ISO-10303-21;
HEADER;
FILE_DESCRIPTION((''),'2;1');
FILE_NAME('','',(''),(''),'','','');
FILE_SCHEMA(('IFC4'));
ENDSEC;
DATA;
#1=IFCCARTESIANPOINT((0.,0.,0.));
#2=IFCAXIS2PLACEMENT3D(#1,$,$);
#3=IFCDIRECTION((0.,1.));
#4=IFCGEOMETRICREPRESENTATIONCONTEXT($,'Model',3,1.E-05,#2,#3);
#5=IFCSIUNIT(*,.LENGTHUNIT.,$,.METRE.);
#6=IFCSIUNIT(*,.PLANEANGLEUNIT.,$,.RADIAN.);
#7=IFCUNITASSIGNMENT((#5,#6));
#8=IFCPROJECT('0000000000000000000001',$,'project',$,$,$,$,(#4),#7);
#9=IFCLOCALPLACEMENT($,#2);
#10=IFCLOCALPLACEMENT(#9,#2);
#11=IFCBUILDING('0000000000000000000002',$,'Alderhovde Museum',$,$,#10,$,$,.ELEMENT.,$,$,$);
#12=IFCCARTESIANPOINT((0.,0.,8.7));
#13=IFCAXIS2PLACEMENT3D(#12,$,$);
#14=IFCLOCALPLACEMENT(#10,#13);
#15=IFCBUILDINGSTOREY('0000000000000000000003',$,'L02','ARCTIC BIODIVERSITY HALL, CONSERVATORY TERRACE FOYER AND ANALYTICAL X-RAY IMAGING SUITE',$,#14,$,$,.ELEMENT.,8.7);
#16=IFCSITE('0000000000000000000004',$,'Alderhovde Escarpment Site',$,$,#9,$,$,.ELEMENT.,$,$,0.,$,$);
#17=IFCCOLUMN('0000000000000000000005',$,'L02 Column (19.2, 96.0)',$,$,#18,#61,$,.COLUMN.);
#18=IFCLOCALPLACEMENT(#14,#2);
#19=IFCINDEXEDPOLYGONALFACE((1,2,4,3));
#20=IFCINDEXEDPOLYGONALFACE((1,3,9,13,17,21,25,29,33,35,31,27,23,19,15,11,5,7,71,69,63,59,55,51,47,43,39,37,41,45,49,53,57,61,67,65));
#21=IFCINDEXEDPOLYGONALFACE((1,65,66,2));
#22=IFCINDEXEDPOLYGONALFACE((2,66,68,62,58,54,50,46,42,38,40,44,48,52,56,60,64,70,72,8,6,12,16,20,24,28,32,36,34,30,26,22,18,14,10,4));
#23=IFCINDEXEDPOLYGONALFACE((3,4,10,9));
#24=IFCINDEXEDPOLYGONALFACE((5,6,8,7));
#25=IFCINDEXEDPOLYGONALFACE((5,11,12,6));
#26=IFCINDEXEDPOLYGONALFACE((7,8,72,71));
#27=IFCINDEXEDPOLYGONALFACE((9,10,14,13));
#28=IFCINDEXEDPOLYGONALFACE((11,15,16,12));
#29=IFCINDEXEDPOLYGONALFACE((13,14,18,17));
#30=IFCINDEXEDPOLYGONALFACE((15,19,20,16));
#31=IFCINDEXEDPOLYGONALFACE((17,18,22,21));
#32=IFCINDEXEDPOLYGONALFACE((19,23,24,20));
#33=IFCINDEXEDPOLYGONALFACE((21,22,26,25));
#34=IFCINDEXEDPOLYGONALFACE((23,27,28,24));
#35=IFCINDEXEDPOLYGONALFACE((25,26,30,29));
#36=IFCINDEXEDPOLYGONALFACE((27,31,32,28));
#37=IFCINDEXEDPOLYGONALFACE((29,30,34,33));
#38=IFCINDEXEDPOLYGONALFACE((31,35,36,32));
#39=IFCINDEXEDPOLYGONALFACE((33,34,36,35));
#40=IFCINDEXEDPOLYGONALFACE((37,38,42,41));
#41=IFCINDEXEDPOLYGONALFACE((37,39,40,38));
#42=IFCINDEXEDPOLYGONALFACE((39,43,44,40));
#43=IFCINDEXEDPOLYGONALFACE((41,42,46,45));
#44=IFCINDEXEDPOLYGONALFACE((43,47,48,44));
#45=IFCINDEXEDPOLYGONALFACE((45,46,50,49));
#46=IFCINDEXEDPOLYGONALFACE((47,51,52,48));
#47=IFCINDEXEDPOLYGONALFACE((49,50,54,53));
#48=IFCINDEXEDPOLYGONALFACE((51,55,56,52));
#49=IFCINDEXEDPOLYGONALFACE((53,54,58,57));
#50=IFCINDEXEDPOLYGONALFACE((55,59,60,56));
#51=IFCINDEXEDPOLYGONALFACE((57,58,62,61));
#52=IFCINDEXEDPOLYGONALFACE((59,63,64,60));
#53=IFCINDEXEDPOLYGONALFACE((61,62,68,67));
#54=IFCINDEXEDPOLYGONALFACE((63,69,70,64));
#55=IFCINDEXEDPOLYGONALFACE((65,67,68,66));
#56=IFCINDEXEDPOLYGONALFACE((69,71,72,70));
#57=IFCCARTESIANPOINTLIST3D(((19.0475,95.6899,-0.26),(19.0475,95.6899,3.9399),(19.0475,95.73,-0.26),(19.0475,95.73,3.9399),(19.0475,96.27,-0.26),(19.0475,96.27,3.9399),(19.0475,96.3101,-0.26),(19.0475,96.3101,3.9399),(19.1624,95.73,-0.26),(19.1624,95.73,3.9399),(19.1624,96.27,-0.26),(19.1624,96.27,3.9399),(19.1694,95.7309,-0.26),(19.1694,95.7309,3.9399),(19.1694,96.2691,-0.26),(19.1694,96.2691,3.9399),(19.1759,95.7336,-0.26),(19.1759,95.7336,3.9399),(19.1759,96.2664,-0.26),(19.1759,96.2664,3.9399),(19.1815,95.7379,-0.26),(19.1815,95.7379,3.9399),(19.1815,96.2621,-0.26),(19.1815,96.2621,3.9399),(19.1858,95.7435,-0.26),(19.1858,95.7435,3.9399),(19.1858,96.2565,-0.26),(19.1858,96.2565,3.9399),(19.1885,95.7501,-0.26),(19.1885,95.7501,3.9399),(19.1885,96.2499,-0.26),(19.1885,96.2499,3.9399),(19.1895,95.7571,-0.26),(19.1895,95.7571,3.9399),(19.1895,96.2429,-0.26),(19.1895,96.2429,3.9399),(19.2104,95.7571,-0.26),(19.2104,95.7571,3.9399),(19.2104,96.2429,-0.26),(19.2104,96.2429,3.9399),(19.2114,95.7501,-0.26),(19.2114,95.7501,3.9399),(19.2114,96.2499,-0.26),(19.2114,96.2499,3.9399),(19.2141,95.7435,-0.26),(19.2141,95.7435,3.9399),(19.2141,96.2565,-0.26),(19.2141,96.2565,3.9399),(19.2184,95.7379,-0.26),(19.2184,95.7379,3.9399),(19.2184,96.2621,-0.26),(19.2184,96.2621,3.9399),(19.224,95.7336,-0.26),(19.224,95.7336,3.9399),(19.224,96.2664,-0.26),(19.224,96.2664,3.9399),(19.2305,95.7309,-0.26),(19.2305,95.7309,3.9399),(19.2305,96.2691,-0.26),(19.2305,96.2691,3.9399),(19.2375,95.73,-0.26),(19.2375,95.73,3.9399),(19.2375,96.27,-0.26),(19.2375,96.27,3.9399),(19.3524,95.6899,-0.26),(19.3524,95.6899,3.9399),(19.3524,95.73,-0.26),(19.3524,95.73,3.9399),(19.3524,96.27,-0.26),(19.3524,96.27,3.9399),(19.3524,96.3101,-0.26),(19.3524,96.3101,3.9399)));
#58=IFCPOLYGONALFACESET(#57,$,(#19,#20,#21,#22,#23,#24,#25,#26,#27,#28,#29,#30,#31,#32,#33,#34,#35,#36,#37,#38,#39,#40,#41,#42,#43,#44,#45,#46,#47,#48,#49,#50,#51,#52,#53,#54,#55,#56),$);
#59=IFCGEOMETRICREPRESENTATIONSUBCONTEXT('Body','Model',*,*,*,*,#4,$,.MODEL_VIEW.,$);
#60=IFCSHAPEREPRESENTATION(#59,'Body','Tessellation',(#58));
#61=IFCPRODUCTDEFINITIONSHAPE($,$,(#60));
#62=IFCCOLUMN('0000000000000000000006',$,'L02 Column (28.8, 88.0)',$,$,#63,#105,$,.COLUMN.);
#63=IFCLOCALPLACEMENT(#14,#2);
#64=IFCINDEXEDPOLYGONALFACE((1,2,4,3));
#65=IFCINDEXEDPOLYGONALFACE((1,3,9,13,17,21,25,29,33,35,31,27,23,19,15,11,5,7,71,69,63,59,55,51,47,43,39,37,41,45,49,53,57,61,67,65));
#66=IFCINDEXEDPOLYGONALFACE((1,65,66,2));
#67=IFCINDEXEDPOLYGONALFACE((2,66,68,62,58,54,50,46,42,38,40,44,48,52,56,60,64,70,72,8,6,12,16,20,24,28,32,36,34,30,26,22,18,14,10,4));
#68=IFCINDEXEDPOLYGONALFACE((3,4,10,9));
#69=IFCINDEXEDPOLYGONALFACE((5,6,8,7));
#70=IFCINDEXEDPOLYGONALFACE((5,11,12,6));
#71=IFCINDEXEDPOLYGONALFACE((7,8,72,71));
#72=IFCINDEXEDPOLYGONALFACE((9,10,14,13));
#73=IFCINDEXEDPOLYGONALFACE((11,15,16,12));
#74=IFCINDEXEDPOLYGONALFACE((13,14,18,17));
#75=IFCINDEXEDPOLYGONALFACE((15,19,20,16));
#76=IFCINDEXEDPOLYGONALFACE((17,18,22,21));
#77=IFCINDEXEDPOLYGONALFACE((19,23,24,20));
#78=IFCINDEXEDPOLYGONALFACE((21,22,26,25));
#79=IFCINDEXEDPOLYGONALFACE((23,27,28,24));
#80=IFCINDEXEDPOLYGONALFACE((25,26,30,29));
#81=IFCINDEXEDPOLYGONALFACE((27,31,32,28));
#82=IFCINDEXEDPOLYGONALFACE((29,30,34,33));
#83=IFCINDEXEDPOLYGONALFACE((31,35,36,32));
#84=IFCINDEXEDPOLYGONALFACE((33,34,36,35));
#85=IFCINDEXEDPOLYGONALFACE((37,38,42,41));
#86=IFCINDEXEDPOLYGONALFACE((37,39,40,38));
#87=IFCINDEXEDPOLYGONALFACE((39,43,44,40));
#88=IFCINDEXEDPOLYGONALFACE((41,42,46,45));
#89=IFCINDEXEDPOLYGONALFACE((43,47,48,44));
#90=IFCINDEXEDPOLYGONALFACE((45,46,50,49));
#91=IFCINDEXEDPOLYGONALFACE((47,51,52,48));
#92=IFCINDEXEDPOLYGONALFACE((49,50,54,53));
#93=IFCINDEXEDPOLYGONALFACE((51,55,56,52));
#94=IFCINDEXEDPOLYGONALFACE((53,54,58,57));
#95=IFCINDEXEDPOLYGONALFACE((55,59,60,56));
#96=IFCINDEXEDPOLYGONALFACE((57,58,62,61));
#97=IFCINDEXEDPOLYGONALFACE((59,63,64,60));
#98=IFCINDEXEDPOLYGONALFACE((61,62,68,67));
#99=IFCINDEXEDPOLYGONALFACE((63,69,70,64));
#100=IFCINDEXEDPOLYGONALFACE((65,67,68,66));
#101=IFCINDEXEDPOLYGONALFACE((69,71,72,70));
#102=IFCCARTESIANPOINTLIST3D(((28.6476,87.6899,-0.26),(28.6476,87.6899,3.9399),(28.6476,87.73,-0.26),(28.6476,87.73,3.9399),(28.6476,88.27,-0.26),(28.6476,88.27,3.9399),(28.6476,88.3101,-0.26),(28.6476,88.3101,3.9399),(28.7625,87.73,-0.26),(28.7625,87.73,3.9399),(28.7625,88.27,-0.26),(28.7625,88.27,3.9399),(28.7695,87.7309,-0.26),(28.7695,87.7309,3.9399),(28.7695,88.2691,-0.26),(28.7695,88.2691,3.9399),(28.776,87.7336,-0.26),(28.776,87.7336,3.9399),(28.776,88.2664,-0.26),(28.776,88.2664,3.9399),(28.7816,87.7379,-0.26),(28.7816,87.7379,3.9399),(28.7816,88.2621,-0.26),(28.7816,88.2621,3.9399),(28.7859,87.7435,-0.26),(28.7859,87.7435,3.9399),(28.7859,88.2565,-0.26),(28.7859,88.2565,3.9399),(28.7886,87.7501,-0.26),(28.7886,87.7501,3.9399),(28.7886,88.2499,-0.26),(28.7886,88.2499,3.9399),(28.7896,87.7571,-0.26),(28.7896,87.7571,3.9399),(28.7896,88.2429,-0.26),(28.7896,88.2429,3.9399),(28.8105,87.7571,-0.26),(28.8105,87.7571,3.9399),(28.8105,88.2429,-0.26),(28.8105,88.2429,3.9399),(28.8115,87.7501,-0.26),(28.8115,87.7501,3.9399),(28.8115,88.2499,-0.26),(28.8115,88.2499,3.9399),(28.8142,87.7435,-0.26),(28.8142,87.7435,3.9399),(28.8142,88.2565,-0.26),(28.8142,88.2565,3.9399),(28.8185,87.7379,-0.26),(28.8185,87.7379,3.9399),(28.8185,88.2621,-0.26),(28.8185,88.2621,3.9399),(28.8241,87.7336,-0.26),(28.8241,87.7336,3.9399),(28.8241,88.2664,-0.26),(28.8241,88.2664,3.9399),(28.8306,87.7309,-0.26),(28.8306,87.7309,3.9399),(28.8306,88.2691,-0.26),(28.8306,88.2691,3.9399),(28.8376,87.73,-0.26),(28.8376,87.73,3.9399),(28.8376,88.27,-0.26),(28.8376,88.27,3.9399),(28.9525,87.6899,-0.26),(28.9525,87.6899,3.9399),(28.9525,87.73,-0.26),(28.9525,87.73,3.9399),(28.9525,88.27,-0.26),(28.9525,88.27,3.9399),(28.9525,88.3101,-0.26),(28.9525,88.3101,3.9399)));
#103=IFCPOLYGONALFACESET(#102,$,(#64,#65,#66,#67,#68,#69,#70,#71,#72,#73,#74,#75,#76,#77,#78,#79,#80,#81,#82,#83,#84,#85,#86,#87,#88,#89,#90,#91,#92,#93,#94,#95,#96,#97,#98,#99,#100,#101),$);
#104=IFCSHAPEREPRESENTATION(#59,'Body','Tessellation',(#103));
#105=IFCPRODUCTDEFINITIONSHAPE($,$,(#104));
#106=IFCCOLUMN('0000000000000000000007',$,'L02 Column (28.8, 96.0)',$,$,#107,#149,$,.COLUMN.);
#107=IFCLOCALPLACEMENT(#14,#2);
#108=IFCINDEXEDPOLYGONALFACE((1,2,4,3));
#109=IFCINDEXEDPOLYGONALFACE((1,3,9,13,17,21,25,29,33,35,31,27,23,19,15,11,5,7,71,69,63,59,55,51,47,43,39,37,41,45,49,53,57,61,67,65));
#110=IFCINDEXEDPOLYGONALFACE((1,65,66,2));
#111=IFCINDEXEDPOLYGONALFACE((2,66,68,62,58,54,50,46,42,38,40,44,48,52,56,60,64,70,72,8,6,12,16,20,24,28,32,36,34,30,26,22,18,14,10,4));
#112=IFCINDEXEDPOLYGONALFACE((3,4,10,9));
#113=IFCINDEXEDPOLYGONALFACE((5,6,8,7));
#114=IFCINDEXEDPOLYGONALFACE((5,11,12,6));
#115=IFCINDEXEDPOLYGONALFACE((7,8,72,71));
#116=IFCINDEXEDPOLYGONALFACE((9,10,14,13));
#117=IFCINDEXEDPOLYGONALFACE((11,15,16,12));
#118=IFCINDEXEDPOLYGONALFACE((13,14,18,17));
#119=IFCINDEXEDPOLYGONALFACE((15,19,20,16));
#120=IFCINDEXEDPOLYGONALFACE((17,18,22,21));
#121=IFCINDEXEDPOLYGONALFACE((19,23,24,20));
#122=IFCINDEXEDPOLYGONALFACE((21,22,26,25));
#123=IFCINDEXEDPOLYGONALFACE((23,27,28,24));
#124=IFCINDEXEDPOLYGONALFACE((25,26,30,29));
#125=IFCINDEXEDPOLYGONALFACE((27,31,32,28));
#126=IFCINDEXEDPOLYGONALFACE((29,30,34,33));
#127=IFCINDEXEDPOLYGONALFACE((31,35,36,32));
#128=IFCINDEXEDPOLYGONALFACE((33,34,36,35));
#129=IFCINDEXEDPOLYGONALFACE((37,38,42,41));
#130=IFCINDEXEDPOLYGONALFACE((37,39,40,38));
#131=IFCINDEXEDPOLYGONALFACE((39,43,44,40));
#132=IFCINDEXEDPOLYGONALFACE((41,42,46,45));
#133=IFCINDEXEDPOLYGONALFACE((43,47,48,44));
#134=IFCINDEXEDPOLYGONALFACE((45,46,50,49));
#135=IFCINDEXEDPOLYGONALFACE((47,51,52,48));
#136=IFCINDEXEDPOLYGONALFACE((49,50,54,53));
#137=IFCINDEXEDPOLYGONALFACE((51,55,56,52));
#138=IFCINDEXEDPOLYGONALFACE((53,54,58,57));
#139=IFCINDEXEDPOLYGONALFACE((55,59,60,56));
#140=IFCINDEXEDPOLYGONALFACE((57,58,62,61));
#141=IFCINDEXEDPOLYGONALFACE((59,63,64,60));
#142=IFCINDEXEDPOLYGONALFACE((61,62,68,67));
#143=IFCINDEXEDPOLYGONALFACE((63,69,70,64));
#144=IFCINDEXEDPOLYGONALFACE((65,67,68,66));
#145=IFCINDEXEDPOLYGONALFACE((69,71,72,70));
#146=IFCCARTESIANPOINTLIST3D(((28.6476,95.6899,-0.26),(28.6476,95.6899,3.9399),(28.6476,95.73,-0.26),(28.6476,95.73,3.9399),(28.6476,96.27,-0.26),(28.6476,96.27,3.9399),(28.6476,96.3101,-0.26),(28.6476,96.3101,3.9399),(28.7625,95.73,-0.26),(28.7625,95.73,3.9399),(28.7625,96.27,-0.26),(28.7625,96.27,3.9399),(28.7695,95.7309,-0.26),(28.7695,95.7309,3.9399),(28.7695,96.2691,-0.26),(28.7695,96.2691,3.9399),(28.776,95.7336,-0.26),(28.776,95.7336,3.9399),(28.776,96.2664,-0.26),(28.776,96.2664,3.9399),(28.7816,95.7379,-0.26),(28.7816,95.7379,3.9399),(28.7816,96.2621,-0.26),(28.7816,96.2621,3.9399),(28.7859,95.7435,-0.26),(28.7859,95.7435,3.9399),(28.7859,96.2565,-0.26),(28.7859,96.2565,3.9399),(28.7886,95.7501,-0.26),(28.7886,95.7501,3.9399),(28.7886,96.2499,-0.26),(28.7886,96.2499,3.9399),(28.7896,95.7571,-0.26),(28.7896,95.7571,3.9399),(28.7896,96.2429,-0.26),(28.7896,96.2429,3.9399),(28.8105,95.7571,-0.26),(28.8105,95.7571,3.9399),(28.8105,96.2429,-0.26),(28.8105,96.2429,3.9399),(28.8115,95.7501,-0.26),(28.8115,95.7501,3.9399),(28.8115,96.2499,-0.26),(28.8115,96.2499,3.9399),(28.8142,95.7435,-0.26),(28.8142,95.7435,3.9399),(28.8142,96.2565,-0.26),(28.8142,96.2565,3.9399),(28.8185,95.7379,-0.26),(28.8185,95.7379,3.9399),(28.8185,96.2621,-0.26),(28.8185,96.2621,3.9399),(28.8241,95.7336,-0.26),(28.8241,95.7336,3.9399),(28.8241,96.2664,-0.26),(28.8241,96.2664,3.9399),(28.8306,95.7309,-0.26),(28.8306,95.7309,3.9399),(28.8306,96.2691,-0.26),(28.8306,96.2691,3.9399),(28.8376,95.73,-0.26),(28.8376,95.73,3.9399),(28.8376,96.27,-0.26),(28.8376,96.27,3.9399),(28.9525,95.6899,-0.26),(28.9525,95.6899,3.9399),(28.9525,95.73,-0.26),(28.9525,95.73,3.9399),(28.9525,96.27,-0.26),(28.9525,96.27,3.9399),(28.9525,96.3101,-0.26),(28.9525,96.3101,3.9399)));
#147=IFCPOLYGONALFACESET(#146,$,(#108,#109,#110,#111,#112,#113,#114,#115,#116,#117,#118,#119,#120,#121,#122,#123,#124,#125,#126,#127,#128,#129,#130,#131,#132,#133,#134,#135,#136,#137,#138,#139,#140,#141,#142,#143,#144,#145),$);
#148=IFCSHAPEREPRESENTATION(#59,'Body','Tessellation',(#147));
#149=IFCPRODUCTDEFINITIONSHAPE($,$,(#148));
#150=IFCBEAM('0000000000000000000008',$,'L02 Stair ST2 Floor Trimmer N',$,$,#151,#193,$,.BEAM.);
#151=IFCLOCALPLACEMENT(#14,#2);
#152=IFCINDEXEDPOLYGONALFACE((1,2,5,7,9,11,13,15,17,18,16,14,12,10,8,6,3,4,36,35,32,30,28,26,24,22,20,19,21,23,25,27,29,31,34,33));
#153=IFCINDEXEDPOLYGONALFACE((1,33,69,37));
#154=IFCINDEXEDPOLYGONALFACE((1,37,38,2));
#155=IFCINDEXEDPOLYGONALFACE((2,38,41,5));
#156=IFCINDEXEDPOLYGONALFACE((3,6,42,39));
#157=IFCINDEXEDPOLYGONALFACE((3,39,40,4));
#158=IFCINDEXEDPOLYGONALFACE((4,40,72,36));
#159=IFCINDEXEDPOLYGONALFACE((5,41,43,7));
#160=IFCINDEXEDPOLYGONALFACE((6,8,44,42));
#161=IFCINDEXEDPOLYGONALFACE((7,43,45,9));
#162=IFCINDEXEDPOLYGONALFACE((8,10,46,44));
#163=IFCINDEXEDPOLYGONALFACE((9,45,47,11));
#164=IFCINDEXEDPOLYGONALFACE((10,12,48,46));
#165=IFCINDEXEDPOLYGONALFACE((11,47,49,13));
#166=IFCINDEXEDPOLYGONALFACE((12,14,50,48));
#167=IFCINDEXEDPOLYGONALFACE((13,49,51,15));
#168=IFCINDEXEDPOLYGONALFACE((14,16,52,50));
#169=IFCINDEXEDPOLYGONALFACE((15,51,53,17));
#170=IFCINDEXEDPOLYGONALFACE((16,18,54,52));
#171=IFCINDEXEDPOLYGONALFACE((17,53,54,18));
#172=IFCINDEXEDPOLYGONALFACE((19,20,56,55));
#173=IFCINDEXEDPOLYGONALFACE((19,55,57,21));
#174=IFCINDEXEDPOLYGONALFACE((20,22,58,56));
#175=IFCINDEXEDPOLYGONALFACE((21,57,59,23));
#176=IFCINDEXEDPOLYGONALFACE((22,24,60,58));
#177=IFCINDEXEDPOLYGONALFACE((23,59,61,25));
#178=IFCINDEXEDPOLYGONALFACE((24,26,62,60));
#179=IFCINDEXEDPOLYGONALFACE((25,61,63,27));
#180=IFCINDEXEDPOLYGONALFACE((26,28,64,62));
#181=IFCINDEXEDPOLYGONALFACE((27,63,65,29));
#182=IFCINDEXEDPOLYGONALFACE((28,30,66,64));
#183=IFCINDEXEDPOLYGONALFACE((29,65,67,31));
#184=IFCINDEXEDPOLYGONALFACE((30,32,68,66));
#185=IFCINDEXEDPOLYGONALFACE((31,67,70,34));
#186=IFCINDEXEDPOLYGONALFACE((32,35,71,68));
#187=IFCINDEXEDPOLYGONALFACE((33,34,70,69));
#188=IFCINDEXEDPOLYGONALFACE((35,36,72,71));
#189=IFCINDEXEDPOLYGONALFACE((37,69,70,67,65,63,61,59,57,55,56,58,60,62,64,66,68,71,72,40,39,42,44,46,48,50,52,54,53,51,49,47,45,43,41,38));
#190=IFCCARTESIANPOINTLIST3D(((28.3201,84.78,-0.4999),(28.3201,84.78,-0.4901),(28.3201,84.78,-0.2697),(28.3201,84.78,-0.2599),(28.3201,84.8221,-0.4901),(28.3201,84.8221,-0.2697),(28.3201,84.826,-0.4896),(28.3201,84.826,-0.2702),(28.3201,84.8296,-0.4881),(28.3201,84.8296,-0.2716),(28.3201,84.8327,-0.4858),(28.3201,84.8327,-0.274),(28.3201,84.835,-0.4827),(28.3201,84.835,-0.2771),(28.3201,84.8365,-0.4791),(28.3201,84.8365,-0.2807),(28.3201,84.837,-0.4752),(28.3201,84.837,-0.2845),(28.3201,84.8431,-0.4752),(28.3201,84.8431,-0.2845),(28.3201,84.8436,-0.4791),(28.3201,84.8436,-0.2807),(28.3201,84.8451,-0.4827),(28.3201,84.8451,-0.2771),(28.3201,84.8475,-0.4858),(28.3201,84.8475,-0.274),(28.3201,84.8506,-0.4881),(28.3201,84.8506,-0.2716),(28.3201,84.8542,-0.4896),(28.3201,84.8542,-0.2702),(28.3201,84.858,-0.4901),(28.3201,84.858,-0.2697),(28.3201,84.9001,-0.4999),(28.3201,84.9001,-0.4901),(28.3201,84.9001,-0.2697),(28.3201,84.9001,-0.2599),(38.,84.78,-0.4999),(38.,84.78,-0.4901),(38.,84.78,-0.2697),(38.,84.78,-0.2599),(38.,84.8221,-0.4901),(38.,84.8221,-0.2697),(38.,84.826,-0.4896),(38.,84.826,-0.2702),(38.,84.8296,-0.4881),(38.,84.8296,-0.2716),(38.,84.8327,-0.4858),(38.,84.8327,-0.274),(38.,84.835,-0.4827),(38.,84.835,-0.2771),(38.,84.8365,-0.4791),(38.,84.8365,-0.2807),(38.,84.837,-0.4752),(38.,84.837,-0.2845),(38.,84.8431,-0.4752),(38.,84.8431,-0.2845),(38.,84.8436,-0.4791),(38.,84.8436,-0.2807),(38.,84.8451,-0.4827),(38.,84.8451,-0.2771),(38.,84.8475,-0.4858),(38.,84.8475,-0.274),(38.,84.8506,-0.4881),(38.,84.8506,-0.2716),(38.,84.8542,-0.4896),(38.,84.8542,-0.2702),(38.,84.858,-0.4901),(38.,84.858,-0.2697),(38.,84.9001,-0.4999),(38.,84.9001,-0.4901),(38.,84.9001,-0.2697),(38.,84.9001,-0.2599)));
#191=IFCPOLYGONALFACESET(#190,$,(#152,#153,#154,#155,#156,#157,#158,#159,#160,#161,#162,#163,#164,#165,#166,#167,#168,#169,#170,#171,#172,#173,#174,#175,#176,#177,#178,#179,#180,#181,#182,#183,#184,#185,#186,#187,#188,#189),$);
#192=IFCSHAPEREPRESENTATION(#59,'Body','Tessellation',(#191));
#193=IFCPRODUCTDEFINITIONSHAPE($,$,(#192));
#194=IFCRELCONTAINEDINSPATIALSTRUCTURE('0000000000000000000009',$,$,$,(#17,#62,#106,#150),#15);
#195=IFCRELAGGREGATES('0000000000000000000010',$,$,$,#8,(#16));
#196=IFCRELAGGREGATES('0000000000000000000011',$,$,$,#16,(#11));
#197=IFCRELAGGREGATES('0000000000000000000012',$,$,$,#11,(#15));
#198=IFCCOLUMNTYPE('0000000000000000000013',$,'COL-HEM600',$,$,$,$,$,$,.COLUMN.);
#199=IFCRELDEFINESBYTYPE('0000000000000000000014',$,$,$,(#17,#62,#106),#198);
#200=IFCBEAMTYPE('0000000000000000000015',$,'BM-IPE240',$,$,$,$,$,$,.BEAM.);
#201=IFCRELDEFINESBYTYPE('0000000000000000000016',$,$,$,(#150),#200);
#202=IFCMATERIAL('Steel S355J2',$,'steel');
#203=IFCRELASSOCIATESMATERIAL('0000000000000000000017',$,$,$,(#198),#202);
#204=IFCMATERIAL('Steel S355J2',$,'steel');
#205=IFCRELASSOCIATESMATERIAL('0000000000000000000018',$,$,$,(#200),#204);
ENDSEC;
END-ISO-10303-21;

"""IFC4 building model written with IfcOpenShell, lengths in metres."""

from ifc_helpers import new_model, si_unit, direction, frame, origin, origin_2d, place, context, subcontext, project, spatial, i_section, extrude, material, material_profile, profile_set, type_object, element, save


model = new_model("IFC4")

# Units and contexts
model_context = context("Model", 3, precision=1e-05, world=origin(), true_north=direction((0.0, 1.0)))
body_context = subcontext(model_context, "Body", "Model", "MODEL_VIEW")
ifc_project = project(units=[si_unit("LENGTHUNIT", "METRE"), si_unit("PLANEANGLEUNIT", "RADIAN")], contexts=[model_context])

# Site, building, storey
site_placement = place(None, origin())
site = spatial("IfcSite", under=ifc_project, at=site_placement, Name="Alderhovde Escarpment Site", CompositionType="ELEMENT", RefElevation=0.0)
building_placement = place(site_placement, origin())
building = spatial("IfcBuilding", under=site, at=building_placement, Name="Alderhovde Museum", CompositionType="ELEMENT")
storey_placement = place(building_placement, frame((0.0, 0.0, 8.7)))
storey = spatial("IfcBuildingStorey", under=building, at=storey_placement, Name="L02", Description="ARCTIC BIODIVERSITY HALL, CONSERVATORY TERRACE FOYER AND ANALYTICAL X-RAY IMAGING SUITE", CompositionType="ELEMENT", Elevation=8.7)

# Columns
ifc_material_1 = material(Name="Steel S355J2", Category="steel")
ifc_material_profile_1 = material_profile(ifc_material_1, i_section(OverallWidth=0.3049, OverallDepth=0.6201, WebThickness=0.021, FlangeThickness=0.04, FilletRadius=0.0271, at=origin_2d()), Name="HEM 600")
ifc_profile_set_1 = profile_set([ifc_material_profile_1], Name="Steel S355J2")
column_type_1 = type_object("IfcColumnType", Name="COL-HEM600", PredefinedType="COLUMN", material=ifc_profile_set_1)
for number, where, z_axis, x_axis, name in (
    (1, (19.2, 96.0, -0.26), (0.0, 0.0, 1.0), (1.0, 0.0, 0.0), "L02 Column (19.2, 96.0)"),
    (2, (28.8, 88.0, -0.26), (0.0, 0.0, 1.0), (1.0, 0.0, 0.0), "L02 Column (28.8, 88.0)"),
    (3, (28.8, 96.0, -0.26), (0.0, 0.0, 1.0), (1.0, 0.0, 0.0), "L02 Column (28.8, 96.0)"),
):
    element("IfcColumn", number, at=place(storey_placement, frame(where, z_axis=z_axis, x_axis=x_axis)), inside=storey, type_object=column_type_1, Name=name, PredefinedType="COLUMN", context=body_context, shape_type="SweptSolid", body=[
        extrude(i_section(OverallWidth=0.3049, OverallDepth=0.6201, WebThickness=0.021, FlangeThickness=0.04, FilletRadius=0.0271, at=origin_2d()), origin(), (0.0, 0.0, 1.0), 4.2),
    ])

# Beam
ifc_material_2 = material(Name="Steel S355J2", Category="steel")
ifc_material_profile_2 = material_profile(ifc_material_2, i_section(OverallWidth=0.1201, OverallDepth=0.24, WebThickness=0.0061, FlangeThickness=0.0098, FilletRadius=0.0149, at=origin_2d()), Name="IPE 240")
ifc_profile_set_2 = profile_set([ifc_material_profile_2], Name="Steel S355J2")
beam_type_1 = type_object("IfcBeamType", Name="BM-IPE240", PredefinedType="BEAM", material=ifc_profile_set_2)
for number, where, z_axis, x_axis, name in (
    (4, (28.3201, 84.8401, -0.3799), (1.0, 0.0, 0.0), (0.0, 1.0, 0.0), "L02 Stair ST2 Floor Trimmer N"),
):
    element("IfcBeam", number, at=place(storey_placement, frame(where, z_axis=z_axis, x_axis=x_axis)), inside=storey, type_object=beam_type_1, Name=name, PredefinedType="BEAM", context=body_context, shape_type="SweptSolid", body=[
        extrude(i_section(OverallWidth=0.1201, OverallDepth=0.24, WebThickness=0.0061, FlangeThickness=0.0098, FilletRadius=0.0149, at=origin_2d()), origin(), (0.0, 0.0, 1.0), 9.6799),
    ])

save(model, "model.ifc")
